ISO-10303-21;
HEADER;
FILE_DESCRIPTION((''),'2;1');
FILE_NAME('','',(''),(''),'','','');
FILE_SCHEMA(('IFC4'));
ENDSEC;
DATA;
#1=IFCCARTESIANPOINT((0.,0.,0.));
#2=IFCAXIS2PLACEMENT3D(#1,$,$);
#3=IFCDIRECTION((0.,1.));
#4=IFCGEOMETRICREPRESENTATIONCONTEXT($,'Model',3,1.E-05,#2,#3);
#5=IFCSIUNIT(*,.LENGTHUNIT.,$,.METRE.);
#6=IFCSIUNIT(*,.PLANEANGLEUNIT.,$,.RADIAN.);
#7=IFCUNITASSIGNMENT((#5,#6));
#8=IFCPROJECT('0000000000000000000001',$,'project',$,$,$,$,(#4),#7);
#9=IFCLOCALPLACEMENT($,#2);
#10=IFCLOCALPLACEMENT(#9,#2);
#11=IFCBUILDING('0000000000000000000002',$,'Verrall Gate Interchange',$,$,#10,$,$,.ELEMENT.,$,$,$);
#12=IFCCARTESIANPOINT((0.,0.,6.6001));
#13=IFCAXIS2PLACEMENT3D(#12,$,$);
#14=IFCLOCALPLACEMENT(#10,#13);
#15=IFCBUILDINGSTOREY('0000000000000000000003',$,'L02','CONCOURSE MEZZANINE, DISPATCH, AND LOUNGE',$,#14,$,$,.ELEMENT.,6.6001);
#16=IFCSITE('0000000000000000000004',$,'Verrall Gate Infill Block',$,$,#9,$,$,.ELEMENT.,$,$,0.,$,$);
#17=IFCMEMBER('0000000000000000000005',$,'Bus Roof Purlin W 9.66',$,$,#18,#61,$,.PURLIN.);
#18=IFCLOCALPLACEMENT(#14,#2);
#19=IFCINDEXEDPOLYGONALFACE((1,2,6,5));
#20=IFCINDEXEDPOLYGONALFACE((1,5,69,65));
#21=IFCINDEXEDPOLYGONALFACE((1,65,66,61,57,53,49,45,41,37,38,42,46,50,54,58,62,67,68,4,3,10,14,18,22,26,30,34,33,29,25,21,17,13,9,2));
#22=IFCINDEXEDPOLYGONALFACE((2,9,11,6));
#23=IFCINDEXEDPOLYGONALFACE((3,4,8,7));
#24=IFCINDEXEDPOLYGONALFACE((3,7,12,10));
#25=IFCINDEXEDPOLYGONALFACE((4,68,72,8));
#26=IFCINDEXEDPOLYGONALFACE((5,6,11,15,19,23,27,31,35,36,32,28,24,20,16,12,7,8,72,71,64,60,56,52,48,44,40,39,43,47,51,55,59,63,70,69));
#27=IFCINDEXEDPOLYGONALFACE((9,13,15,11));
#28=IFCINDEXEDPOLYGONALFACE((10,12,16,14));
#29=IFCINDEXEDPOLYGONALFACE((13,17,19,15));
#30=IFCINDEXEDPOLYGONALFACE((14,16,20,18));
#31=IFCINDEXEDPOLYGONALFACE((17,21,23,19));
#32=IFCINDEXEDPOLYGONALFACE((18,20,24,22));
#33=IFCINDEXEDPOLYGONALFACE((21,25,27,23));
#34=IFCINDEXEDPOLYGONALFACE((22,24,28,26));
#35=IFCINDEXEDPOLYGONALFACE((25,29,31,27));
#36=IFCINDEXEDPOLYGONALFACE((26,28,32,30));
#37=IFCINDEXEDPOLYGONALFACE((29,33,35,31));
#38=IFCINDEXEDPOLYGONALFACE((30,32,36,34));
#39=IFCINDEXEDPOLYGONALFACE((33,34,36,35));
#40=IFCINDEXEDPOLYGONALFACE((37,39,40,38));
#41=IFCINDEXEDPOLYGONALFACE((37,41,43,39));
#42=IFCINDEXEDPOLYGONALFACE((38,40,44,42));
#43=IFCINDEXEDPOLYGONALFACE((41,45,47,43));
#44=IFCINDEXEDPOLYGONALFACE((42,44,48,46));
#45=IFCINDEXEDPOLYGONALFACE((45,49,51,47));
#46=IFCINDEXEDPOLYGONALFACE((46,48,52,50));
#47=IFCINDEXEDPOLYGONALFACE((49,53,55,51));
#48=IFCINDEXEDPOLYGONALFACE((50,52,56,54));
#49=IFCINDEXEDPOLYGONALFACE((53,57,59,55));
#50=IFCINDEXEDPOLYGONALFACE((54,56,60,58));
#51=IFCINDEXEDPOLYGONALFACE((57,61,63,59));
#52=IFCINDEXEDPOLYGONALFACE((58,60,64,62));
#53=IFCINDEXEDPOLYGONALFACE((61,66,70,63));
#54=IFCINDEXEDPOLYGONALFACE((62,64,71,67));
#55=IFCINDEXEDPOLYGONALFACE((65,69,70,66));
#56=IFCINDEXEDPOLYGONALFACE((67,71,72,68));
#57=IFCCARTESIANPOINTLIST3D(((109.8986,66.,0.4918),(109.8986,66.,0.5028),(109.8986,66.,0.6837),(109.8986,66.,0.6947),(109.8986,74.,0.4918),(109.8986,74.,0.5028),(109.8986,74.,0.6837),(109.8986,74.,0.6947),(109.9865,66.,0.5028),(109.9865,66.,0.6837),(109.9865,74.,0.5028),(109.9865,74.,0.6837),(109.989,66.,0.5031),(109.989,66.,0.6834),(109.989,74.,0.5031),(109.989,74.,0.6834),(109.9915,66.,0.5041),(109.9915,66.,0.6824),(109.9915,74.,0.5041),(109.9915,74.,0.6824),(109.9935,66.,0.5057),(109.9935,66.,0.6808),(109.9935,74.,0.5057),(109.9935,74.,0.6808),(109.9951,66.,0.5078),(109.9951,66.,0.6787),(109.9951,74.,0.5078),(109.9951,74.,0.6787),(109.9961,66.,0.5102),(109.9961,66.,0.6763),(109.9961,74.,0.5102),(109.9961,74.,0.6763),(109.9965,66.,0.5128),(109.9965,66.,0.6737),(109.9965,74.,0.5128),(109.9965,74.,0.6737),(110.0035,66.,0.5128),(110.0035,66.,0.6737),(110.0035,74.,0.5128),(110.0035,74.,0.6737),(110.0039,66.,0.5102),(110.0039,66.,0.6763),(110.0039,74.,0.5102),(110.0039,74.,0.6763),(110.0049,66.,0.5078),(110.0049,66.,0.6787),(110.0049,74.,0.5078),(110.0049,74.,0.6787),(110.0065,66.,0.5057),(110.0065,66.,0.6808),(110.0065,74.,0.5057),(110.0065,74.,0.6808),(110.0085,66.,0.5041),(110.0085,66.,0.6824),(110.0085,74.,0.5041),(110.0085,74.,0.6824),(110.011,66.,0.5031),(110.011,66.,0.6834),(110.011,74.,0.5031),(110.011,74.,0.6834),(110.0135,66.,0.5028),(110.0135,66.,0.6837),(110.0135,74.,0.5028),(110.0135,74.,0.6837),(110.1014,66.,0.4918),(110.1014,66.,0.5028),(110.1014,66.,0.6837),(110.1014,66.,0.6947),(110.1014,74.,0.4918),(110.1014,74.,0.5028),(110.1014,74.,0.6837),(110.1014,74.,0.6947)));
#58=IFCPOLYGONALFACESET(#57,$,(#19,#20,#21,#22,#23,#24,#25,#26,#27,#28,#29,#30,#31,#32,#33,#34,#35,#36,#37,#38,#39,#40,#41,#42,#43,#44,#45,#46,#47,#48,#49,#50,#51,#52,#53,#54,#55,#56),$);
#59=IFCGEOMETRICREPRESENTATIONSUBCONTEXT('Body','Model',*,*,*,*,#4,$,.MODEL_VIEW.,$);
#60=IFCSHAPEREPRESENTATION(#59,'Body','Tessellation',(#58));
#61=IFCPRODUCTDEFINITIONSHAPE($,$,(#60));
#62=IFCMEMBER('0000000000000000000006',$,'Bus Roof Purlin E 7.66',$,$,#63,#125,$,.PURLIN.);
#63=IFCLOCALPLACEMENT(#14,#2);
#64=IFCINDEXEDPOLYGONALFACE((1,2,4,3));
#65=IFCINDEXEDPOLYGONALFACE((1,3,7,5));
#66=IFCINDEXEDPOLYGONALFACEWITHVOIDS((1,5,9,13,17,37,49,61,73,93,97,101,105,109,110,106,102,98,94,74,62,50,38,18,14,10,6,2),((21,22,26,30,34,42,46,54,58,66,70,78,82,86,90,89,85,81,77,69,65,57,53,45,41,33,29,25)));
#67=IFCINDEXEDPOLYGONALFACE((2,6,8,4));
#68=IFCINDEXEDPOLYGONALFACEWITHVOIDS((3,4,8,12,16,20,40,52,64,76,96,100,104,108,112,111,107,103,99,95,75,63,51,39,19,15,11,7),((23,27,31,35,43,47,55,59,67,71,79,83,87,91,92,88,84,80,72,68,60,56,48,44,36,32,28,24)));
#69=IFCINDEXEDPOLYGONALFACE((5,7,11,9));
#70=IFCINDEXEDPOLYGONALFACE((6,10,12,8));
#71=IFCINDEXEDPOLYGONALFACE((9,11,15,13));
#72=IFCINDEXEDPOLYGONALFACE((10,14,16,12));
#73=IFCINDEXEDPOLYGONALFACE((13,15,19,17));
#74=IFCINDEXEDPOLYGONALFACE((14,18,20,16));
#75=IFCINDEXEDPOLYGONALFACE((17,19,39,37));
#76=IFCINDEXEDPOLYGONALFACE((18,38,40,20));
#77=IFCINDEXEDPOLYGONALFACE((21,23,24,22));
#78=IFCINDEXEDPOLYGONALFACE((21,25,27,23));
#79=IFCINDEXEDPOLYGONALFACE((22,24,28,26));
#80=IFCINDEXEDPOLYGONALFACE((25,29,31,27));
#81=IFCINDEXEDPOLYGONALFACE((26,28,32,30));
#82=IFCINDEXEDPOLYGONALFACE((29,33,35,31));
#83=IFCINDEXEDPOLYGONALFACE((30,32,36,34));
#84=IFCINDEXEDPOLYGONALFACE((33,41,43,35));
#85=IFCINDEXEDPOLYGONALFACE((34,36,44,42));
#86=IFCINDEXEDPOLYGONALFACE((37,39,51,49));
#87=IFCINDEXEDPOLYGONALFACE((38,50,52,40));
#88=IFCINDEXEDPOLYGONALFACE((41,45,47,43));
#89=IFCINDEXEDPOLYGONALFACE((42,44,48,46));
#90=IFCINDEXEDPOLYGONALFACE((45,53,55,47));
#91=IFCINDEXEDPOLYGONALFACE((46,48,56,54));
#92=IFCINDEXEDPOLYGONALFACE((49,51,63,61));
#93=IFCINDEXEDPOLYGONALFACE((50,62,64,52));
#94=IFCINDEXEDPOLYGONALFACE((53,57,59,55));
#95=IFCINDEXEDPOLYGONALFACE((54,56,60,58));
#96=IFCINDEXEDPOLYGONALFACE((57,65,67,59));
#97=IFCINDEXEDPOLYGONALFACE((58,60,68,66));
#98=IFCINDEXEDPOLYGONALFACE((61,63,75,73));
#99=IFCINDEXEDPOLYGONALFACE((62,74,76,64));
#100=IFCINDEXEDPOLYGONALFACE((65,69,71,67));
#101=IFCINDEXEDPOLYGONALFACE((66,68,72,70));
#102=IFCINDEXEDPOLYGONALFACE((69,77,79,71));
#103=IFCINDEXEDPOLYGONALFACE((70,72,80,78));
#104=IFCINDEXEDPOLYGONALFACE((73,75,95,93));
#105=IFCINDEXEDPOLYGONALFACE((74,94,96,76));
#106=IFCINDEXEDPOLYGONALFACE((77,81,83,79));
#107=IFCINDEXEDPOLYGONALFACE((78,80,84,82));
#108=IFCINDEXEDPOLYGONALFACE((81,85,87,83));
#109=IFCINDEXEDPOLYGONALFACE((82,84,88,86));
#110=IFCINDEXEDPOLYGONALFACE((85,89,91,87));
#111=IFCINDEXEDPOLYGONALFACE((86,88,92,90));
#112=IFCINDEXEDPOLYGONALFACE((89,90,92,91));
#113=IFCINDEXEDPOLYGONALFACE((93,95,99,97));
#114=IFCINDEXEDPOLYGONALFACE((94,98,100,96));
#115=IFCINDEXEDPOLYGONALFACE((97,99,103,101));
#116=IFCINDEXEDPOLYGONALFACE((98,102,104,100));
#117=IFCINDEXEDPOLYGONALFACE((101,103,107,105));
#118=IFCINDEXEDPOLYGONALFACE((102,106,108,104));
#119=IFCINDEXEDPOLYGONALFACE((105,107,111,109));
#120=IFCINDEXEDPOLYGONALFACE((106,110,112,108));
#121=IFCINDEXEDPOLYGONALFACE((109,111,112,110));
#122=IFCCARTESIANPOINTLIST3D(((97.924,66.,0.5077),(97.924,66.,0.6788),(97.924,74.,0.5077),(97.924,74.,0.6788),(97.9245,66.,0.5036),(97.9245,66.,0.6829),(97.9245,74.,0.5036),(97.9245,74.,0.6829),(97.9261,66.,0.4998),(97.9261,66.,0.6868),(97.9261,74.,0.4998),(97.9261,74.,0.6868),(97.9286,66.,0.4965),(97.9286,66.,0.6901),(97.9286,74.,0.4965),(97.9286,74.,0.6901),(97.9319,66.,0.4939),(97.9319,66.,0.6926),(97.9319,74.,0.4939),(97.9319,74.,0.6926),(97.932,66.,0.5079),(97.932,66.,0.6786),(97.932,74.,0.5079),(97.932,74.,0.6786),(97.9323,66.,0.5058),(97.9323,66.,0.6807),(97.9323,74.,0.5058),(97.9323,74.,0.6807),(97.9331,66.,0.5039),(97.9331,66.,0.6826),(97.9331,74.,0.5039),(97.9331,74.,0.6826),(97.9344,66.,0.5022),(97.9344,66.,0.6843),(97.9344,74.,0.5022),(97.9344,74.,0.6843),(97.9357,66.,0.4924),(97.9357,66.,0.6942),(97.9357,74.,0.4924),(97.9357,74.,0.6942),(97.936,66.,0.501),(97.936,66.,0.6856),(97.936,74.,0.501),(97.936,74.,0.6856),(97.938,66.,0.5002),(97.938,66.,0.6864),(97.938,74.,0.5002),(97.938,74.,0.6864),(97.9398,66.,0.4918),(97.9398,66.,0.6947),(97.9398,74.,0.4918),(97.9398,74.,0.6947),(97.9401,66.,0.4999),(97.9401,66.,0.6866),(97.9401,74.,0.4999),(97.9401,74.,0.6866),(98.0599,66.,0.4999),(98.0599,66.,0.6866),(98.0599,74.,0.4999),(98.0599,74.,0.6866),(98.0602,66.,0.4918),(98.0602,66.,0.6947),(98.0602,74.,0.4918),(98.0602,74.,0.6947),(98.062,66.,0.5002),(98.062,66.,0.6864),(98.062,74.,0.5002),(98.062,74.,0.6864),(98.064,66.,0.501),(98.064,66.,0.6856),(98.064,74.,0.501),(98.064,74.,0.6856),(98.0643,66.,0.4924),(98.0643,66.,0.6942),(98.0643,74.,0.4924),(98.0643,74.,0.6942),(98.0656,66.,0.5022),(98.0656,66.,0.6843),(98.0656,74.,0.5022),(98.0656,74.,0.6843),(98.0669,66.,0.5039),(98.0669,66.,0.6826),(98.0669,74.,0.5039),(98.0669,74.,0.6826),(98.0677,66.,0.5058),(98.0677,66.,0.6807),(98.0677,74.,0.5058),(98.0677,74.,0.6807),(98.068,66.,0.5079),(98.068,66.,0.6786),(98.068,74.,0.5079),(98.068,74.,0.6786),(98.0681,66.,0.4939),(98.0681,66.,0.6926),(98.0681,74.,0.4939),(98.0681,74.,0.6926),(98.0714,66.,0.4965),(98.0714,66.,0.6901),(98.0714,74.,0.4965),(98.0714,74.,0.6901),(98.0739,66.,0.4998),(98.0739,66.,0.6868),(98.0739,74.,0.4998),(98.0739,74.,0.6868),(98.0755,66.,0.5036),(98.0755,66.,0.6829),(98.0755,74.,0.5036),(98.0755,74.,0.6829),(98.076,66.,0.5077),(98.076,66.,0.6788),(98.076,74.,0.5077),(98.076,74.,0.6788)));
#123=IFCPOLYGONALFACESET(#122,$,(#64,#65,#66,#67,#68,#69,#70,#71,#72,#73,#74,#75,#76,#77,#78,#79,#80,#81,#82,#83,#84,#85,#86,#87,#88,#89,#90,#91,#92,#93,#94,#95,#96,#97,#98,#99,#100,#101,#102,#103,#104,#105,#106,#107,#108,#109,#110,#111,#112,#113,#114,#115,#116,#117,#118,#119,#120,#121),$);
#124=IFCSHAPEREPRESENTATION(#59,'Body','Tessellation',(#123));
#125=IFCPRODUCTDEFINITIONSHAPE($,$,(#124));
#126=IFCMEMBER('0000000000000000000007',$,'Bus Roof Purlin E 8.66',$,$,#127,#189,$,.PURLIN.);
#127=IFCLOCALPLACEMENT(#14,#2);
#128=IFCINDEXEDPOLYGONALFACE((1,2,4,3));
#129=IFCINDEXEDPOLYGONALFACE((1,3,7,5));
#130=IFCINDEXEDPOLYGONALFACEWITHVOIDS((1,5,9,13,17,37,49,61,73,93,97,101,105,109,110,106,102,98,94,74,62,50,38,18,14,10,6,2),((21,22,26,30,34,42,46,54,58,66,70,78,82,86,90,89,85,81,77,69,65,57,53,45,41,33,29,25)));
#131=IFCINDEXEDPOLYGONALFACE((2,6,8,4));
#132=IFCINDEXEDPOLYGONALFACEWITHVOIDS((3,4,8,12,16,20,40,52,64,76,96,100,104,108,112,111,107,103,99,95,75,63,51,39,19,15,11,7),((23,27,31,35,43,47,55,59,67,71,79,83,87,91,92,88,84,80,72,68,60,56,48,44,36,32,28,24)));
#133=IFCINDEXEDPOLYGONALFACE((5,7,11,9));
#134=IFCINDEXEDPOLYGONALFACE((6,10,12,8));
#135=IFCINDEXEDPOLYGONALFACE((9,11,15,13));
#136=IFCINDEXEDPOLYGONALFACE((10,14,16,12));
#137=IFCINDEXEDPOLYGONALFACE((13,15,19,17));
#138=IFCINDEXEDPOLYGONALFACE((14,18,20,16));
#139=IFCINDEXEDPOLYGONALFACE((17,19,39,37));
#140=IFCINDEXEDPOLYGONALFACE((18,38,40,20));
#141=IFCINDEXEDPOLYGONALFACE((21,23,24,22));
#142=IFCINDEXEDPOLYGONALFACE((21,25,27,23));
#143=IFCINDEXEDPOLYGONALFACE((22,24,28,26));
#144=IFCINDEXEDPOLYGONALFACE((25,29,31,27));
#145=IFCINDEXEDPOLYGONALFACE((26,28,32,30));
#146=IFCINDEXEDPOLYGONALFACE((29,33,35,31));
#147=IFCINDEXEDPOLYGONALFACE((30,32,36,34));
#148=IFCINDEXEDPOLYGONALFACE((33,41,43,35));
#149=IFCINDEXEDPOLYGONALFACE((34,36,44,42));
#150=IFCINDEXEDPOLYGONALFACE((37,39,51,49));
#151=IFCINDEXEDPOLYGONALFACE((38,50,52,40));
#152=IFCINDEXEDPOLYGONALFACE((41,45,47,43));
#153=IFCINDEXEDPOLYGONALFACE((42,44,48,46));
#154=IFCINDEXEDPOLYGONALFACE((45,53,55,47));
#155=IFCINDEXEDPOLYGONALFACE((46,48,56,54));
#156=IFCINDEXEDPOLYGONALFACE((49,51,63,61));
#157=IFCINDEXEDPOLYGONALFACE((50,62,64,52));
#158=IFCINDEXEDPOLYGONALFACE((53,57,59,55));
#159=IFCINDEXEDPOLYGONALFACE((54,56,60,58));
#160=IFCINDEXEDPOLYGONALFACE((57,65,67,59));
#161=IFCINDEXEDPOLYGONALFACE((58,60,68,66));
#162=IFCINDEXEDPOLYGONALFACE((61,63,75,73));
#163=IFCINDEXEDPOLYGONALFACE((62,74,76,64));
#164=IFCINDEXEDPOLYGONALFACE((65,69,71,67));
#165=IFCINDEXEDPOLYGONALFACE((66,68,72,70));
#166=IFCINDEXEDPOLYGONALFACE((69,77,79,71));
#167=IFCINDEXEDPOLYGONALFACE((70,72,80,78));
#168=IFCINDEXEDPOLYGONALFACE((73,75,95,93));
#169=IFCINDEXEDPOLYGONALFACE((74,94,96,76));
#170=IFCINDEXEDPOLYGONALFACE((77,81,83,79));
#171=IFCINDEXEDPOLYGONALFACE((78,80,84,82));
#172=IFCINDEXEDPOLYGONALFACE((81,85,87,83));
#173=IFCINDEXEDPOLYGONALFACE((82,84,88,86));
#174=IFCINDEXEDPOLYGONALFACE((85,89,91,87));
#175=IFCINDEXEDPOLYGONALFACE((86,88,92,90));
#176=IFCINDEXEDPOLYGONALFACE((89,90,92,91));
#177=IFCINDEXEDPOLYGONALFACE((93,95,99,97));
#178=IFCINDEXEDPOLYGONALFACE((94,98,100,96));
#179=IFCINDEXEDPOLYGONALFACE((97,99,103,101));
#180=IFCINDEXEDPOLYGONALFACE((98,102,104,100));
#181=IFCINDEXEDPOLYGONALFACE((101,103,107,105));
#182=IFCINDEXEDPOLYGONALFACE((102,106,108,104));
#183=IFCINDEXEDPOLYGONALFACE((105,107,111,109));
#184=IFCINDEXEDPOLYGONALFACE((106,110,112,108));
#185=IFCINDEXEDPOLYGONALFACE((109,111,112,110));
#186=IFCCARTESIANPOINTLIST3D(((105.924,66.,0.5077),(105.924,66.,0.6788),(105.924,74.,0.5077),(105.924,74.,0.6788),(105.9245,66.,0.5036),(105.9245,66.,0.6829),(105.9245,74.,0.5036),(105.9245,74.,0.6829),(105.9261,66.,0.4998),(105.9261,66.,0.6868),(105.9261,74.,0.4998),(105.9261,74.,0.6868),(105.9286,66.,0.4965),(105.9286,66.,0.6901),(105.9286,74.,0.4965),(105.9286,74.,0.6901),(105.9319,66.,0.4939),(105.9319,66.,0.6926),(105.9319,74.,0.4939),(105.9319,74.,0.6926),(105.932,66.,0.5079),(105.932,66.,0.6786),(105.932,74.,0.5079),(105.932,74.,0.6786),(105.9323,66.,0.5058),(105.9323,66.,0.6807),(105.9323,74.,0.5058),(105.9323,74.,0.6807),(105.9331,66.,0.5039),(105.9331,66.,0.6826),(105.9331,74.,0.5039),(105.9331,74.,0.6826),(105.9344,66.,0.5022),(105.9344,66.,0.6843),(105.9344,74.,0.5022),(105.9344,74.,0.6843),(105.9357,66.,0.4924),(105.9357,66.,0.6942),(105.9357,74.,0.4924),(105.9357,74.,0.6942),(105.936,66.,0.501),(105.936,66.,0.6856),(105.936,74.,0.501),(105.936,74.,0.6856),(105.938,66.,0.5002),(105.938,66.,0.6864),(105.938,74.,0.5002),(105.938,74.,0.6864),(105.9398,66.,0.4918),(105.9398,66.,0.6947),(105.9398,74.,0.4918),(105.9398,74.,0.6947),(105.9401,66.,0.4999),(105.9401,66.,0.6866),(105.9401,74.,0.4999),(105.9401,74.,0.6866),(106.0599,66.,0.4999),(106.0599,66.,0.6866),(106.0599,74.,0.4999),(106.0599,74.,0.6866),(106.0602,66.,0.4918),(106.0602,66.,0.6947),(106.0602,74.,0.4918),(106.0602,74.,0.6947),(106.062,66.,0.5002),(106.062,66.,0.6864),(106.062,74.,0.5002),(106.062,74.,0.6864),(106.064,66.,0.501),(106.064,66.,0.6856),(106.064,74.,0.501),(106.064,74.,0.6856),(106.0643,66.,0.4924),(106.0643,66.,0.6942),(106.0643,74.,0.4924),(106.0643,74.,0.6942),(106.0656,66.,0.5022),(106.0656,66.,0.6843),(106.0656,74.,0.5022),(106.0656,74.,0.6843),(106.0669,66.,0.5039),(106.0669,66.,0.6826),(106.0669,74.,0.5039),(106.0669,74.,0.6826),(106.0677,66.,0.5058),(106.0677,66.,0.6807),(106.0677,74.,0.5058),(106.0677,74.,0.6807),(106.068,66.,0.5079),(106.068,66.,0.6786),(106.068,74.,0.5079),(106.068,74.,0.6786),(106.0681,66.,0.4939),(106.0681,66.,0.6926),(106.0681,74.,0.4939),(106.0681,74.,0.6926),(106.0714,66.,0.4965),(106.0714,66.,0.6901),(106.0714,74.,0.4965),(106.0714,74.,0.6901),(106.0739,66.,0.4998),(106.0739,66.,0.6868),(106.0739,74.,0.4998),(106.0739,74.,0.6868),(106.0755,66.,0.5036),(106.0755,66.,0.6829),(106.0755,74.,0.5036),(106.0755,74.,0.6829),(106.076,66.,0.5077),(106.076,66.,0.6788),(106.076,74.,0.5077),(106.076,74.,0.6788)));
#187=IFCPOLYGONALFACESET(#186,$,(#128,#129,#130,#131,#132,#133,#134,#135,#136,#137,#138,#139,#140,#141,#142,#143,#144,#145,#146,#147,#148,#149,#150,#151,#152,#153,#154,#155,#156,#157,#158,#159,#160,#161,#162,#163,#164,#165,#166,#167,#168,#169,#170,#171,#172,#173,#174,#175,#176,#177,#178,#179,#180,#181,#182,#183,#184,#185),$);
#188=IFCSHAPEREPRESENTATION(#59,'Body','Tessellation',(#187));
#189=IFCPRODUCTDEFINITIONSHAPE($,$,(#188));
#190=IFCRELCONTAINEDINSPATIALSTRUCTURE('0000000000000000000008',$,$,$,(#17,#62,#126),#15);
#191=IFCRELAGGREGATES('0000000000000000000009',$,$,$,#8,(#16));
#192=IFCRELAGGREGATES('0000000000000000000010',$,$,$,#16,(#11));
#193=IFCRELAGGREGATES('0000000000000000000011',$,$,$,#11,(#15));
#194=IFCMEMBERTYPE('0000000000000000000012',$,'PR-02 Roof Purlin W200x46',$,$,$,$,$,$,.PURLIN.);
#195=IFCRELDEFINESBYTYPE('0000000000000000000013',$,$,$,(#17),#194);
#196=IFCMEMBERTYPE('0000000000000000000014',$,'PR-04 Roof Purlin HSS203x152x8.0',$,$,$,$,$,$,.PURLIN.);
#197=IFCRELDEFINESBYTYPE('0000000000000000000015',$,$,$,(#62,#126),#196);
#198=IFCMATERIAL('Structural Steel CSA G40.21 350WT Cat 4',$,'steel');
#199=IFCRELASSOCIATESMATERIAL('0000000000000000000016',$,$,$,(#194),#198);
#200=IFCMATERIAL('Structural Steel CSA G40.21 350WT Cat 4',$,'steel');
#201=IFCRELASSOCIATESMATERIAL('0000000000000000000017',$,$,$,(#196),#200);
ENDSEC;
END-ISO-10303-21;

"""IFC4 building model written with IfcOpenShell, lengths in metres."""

from ifc_helpers import new_model, si_unit, direction, frame, origin, origin_2d, place, context, subcontext, project, spatial, hollow_rectangle, i_section, extrude, material, material_profile, profile_set, type_object, element, save


model = new_model("IFC4")

# Units and contexts
model_context = context("Model", 3, precision=1e-05, world=origin(), true_north=direction((0.0, 1.0)))
body_context = subcontext(model_context, "Body", "Model", "MODEL_VIEW")
ifc_project = project(units=[si_unit("LENGTHUNIT", "METRE"), si_unit("PLANEANGLEUNIT", "RADIAN")], contexts=[model_context])

# Site, building, storey
site_placement = place(None, origin())
site = spatial("IfcSite", under=ifc_project, at=site_placement, Name="Verrall Gate Infill Block", CompositionType="ELEMENT", RefElevation=0.0)
building_placement = place(site_placement, origin())
building = spatial("IfcBuilding", under=site, at=building_placement, Name="Verrall Gate Interchange", CompositionType="ELEMENT")
storey_placement = place(building_placement, frame((0.0, 0.0, 6.6001)))
storey = spatial("IfcBuildingStorey", under=building, at=storey_placement, Name="L02", Description="CONCOURSE MEZZANINE, DISPATCH, AND LOUNGE", CompositionType="ELEMENT", Elevation=6.6001)

# Members
ifc_material_1 = material(Name="Structural Steel CSA G40.21 350WT Cat 4", Category="steel")
ifc_material_profile_1 = material_profile(ifc_material_1, i_section(OverallWidth=0.2029, OverallDepth=0.2029, WebThickness=0.0071, FlangeThickness=0.011, FilletRadius=0.01, at=origin_2d()), Name="W200x46")
ifc_profile_set_1 = profile_set([ifc_material_profile_1], Name="Structural Steel CSA G40.21 350WT Cat 4")
member_type_1 = type_object("IfcMemberType", Name="PR-02 Roof Purlin W200x46", PredefinedType="PURLIN", material=ifc_profile_set_1)
for number, where, z_axis, x_axis, name in (
    (1, (110.0, 66.0, 0.5933), (0.0, 1.0, 0.0), (-1.0, 0.0, 0.0), "Bus Roof Purlin W 9.66"),
):
    element("IfcMember", number, at=place(storey_placement, frame(where, z_axis=z_axis, x_axis=x_axis)), inside=storey, type_object=member_type_1, Name=name, PredefinedType="PURLIN", context=body_context, shape_type="SweptSolid", body=[
        extrude(i_section(OverallWidth=0.2029, OverallDepth=0.2029, WebThickness=0.0071, FlangeThickness=0.011, FilletRadius=0.01, at=origin_2d()), origin(), (0.0, 0.0, 1.0), 8.0),
    ])
ifc_material_2 = material(Name="Structural Steel CSA G40.21 350WT Cat 4", Category="steel")
ifc_material_profile_2 = material_profile(ifc_material_2, hollow_rectangle(XDim=0.1521, YDim=0.2029, WallThickness=0.0081, InnerFilletRadius=0.0081, OuterFilletRadius=0.0159, at=origin_2d()), Name="HSS203x152x8.0")
ifc_profile_set_2 = profile_set([ifc_material_profile_2], Name="Structural Steel CSA G40.21 350WT Cat 4")
member_type_2 = type_object("IfcMemberType", Name="PR-04 Roof Purlin HSS203x152x8.0", PredefinedType="PURLIN", material=ifc_profile_set_2)
for number, where, z_axis, x_axis, name in (
    (2, (98.0, 66.0, 0.5933), (0.0, 1.0, 0.0), (-1.0, 0.0, 0.0), "Bus Roof Purlin E 7.66"),
    (3, (106.0, 66.0, 0.5933), (0.0, 1.0, 0.0), (-1.0, 0.0, 0.0), "Bus Roof Purlin E 8.66"),
):
    element("IfcMember", number, at=place(storey_placement, frame(where, z_axis=z_axis, x_axis=x_axis)), inside=storey, type_object=member_type_2, Name=name, PredefinedType="PURLIN", context=body_context, shape_type="SweptSolid", body=[
        extrude(hollow_rectangle(XDim=0.1521, YDim=0.2029, WallThickness=0.0081, InnerFilletRadius=0.0081, OuterFilletRadius=0.0159, at=origin_2d()), origin(), (0.0, 0.0, 1.0), 8.0),
    ])

save(model, "model.ifc")
